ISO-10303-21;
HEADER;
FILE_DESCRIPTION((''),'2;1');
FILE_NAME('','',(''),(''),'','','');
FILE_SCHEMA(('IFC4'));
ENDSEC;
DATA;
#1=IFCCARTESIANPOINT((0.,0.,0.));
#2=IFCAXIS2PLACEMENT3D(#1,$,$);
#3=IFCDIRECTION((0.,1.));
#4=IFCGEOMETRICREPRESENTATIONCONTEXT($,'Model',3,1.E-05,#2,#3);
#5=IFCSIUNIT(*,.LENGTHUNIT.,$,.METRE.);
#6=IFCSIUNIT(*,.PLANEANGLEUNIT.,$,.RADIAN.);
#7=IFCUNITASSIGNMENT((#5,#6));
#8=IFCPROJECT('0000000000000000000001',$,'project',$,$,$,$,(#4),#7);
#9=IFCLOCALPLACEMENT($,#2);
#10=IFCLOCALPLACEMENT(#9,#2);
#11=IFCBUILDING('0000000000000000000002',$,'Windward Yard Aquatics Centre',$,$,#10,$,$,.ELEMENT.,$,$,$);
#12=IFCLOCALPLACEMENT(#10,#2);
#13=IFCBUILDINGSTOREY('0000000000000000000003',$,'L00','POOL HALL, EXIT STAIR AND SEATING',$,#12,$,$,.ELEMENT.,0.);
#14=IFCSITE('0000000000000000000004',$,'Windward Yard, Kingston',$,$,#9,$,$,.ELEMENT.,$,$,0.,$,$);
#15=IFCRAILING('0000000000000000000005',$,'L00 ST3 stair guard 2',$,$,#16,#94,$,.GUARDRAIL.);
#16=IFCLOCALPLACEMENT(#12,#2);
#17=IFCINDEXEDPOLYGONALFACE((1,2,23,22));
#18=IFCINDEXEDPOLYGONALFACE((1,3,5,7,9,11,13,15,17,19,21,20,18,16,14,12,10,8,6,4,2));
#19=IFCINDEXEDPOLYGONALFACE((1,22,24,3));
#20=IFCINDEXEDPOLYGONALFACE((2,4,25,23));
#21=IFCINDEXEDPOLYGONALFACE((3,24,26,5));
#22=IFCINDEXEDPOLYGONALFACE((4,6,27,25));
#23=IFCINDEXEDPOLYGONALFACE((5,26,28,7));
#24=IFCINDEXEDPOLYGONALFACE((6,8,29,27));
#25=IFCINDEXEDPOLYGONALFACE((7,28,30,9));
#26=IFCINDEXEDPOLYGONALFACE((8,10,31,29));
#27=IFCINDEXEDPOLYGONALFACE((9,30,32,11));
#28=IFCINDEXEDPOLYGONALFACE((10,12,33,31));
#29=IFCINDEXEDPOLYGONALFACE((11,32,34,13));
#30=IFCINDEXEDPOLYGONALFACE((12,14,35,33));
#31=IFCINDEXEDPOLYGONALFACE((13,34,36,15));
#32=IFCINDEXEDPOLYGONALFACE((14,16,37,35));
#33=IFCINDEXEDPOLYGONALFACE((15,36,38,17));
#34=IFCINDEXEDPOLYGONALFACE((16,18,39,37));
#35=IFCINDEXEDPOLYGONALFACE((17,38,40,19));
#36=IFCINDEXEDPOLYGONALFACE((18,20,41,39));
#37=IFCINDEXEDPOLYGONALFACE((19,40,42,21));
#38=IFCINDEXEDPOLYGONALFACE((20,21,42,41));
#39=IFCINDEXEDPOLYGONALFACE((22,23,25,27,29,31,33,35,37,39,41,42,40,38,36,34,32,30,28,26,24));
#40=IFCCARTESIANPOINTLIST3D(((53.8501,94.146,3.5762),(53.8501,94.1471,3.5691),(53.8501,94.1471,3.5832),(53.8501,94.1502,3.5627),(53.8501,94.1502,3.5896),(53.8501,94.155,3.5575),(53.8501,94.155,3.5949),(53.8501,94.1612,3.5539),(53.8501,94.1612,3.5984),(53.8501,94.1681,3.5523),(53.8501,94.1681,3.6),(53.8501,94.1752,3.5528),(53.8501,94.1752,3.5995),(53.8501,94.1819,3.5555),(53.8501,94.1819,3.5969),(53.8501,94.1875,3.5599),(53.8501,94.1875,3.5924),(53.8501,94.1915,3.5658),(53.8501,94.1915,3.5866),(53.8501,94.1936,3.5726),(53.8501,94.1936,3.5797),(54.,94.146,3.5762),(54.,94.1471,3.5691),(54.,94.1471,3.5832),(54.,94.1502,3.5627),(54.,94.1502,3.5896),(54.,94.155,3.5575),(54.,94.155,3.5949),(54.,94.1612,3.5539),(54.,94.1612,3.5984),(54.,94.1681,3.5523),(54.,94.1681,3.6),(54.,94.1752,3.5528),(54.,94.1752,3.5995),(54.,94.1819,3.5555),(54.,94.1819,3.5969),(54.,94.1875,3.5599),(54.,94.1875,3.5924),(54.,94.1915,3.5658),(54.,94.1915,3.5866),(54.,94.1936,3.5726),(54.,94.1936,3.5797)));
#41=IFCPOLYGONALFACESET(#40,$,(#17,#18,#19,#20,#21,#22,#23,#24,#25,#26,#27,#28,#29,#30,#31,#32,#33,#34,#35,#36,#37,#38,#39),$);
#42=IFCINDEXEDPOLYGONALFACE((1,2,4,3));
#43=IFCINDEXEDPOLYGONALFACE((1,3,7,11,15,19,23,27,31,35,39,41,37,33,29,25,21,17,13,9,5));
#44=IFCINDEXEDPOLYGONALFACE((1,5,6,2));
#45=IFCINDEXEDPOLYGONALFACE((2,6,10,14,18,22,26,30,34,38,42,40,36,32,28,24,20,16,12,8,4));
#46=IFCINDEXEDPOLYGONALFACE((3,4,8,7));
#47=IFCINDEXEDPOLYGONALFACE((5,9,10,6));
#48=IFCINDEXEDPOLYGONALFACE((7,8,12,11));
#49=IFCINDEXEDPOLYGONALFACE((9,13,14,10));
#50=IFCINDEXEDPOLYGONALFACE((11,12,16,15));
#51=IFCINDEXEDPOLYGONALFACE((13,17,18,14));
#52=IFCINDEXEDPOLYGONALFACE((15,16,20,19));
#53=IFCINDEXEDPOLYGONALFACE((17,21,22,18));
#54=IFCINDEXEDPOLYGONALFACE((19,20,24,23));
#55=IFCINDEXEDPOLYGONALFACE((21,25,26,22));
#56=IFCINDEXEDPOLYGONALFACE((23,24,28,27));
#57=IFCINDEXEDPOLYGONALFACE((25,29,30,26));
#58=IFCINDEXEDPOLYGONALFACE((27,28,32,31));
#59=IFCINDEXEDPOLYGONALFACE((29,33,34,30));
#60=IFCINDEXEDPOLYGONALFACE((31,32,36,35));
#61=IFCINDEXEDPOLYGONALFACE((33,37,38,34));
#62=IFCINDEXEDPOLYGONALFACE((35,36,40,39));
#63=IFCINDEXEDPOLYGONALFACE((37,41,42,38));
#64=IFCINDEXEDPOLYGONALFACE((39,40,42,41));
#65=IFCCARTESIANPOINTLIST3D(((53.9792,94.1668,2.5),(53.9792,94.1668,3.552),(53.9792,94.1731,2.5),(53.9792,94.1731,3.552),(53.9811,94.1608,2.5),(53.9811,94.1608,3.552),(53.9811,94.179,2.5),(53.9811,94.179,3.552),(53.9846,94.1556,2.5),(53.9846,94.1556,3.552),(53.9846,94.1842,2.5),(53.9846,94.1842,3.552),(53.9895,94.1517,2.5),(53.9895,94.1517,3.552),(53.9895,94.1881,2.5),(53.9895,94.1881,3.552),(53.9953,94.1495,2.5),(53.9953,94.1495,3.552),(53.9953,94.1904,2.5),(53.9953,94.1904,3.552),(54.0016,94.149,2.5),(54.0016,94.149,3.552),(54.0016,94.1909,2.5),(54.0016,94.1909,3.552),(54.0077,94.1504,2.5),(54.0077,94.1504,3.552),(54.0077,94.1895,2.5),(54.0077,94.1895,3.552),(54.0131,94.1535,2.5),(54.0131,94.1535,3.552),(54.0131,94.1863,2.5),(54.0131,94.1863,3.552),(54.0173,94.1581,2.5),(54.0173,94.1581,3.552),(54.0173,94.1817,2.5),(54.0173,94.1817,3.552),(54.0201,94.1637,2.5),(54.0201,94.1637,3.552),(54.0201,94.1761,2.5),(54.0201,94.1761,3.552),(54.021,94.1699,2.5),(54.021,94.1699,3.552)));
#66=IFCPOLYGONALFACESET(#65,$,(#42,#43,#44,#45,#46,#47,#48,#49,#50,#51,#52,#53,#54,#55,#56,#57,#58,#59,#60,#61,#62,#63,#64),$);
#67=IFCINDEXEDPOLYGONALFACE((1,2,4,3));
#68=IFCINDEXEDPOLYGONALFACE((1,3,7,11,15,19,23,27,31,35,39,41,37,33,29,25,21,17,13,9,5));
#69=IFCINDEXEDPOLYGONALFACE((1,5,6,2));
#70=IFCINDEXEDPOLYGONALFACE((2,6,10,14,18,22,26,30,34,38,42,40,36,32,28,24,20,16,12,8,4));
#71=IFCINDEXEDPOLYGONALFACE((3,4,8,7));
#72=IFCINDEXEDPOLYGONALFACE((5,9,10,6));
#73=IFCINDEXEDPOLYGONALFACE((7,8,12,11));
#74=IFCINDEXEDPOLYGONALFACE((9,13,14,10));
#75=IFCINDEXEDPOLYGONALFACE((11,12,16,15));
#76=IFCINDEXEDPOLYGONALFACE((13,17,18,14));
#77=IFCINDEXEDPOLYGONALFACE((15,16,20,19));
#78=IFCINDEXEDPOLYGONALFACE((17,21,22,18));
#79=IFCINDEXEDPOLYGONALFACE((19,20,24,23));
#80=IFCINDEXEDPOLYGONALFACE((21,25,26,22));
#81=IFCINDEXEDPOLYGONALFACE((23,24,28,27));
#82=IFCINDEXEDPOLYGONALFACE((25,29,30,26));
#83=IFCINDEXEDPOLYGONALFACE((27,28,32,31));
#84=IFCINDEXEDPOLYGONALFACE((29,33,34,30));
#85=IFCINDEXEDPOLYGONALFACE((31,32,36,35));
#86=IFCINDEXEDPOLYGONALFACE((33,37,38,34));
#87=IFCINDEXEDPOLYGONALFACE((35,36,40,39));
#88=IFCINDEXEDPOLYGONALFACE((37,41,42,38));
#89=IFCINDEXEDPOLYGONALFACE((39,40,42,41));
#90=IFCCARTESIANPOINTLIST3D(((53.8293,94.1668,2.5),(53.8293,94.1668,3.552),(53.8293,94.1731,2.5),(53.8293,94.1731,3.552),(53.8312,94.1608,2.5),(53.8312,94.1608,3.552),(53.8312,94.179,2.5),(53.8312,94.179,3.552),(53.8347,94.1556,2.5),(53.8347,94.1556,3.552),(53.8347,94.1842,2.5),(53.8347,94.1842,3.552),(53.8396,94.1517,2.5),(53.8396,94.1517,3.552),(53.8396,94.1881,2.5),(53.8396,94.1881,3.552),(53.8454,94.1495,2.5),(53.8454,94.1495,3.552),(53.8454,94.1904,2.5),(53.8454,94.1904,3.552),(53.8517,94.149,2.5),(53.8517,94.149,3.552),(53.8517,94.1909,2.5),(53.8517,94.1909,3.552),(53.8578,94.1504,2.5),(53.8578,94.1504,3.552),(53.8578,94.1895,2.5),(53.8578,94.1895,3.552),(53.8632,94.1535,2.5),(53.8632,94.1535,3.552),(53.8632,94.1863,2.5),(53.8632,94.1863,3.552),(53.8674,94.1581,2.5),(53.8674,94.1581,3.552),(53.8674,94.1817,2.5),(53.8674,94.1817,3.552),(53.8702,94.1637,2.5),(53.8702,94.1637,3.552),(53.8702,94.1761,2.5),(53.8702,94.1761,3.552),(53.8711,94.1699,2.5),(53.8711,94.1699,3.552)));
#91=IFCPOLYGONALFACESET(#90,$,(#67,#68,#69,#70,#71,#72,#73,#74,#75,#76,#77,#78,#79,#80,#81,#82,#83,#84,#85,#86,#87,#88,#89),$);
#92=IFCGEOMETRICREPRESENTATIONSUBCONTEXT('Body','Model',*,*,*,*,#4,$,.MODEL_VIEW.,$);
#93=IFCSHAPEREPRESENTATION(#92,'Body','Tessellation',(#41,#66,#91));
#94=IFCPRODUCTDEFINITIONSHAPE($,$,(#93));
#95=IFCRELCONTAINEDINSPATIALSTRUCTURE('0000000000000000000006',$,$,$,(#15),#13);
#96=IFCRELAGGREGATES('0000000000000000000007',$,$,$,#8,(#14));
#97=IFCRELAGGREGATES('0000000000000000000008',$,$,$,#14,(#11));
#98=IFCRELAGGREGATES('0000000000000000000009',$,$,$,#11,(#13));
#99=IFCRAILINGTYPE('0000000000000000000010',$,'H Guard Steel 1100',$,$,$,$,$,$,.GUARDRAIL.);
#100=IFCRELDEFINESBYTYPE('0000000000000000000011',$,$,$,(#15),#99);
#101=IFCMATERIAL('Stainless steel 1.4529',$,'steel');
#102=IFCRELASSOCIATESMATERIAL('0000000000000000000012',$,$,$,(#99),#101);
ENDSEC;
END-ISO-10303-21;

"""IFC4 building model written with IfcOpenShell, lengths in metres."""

from ifc_helpers import new_model, si_unit, direction, frame, origin, origin_2d, place, context, subcontext, project, spatial, circle, extrude, material, type_object, element, save


model = new_model("IFC4")

# Units and contexts
model_context = context("Model", 3, precision=1e-05, world=origin(), true_north=direction((0.0, 1.0)))
body_context = subcontext(model_context, "Body", "Model", "MODEL_VIEW")
ifc_project = project(units=[si_unit("LENGTHUNIT", "METRE"), si_unit("PLANEANGLEUNIT", "RADIAN")], contexts=[model_context])

# Site, building, storey
site_placement = place(None, origin())
site = spatial("IfcSite", under=ifc_project, at=site_placement, Name="Windward Yard, Kingston", CompositionType="ELEMENT", RefElevation=0.0)
building_placement = place(site_placement, origin())
building = spatial("IfcBuilding", under=site, at=building_placement, Name="Windward Yard Aquatics Centre", CompositionType="ELEMENT")
storey_placement = place(building_placement, origin())
storey = spatial("IfcBuildingStorey", under=building, at=storey_placement, Name="L00", Description="POOL HALL, EXIT STAIR AND SEATING", CompositionType="ELEMENT", Elevation=0.0)

# Railing
ifc_material_1 = material(Name="Stainless steel 1.4529", Category="steel")
railing_type_1 = type_object("IfcRailingType", Name="H Guard Steel 1100", PredefinedType="GUARDRAIL", material=ifc_material_1)
railing_1_placement = place(storey_placement, frame((54.0, 94.1699, 2.5)))
element("IfcRailing", 1, at=railing_1_placement, inside=storey, type_object=railing_type_1, Name="L00 ST3 stair guard 2", PredefinedType="GUARDRAIL", context=body_context, shape_type="SweptSolid", body=[
    extrude(circle(Radius=0.0239, at=origin_2d()), frame((0.0, 0.0, 1.0762), z_axis=(-1.0, 0.0, 0.0), x_axis=(0.0, -1.0, 0.0)), (0.0, 0.0, 1.0), 0.1499),
    extrude(circle(Radius=0.021, at=origin_2d()), origin(), (0.0, 0.0, 1.0), 1.052),
    extrude(circle(Radius=0.021, at=origin_2d()), frame((-0.1499, 0.0, 0.0)), (0.0, 0.0, 1.0), 1.052),
])

save(model, "model.ifc")
